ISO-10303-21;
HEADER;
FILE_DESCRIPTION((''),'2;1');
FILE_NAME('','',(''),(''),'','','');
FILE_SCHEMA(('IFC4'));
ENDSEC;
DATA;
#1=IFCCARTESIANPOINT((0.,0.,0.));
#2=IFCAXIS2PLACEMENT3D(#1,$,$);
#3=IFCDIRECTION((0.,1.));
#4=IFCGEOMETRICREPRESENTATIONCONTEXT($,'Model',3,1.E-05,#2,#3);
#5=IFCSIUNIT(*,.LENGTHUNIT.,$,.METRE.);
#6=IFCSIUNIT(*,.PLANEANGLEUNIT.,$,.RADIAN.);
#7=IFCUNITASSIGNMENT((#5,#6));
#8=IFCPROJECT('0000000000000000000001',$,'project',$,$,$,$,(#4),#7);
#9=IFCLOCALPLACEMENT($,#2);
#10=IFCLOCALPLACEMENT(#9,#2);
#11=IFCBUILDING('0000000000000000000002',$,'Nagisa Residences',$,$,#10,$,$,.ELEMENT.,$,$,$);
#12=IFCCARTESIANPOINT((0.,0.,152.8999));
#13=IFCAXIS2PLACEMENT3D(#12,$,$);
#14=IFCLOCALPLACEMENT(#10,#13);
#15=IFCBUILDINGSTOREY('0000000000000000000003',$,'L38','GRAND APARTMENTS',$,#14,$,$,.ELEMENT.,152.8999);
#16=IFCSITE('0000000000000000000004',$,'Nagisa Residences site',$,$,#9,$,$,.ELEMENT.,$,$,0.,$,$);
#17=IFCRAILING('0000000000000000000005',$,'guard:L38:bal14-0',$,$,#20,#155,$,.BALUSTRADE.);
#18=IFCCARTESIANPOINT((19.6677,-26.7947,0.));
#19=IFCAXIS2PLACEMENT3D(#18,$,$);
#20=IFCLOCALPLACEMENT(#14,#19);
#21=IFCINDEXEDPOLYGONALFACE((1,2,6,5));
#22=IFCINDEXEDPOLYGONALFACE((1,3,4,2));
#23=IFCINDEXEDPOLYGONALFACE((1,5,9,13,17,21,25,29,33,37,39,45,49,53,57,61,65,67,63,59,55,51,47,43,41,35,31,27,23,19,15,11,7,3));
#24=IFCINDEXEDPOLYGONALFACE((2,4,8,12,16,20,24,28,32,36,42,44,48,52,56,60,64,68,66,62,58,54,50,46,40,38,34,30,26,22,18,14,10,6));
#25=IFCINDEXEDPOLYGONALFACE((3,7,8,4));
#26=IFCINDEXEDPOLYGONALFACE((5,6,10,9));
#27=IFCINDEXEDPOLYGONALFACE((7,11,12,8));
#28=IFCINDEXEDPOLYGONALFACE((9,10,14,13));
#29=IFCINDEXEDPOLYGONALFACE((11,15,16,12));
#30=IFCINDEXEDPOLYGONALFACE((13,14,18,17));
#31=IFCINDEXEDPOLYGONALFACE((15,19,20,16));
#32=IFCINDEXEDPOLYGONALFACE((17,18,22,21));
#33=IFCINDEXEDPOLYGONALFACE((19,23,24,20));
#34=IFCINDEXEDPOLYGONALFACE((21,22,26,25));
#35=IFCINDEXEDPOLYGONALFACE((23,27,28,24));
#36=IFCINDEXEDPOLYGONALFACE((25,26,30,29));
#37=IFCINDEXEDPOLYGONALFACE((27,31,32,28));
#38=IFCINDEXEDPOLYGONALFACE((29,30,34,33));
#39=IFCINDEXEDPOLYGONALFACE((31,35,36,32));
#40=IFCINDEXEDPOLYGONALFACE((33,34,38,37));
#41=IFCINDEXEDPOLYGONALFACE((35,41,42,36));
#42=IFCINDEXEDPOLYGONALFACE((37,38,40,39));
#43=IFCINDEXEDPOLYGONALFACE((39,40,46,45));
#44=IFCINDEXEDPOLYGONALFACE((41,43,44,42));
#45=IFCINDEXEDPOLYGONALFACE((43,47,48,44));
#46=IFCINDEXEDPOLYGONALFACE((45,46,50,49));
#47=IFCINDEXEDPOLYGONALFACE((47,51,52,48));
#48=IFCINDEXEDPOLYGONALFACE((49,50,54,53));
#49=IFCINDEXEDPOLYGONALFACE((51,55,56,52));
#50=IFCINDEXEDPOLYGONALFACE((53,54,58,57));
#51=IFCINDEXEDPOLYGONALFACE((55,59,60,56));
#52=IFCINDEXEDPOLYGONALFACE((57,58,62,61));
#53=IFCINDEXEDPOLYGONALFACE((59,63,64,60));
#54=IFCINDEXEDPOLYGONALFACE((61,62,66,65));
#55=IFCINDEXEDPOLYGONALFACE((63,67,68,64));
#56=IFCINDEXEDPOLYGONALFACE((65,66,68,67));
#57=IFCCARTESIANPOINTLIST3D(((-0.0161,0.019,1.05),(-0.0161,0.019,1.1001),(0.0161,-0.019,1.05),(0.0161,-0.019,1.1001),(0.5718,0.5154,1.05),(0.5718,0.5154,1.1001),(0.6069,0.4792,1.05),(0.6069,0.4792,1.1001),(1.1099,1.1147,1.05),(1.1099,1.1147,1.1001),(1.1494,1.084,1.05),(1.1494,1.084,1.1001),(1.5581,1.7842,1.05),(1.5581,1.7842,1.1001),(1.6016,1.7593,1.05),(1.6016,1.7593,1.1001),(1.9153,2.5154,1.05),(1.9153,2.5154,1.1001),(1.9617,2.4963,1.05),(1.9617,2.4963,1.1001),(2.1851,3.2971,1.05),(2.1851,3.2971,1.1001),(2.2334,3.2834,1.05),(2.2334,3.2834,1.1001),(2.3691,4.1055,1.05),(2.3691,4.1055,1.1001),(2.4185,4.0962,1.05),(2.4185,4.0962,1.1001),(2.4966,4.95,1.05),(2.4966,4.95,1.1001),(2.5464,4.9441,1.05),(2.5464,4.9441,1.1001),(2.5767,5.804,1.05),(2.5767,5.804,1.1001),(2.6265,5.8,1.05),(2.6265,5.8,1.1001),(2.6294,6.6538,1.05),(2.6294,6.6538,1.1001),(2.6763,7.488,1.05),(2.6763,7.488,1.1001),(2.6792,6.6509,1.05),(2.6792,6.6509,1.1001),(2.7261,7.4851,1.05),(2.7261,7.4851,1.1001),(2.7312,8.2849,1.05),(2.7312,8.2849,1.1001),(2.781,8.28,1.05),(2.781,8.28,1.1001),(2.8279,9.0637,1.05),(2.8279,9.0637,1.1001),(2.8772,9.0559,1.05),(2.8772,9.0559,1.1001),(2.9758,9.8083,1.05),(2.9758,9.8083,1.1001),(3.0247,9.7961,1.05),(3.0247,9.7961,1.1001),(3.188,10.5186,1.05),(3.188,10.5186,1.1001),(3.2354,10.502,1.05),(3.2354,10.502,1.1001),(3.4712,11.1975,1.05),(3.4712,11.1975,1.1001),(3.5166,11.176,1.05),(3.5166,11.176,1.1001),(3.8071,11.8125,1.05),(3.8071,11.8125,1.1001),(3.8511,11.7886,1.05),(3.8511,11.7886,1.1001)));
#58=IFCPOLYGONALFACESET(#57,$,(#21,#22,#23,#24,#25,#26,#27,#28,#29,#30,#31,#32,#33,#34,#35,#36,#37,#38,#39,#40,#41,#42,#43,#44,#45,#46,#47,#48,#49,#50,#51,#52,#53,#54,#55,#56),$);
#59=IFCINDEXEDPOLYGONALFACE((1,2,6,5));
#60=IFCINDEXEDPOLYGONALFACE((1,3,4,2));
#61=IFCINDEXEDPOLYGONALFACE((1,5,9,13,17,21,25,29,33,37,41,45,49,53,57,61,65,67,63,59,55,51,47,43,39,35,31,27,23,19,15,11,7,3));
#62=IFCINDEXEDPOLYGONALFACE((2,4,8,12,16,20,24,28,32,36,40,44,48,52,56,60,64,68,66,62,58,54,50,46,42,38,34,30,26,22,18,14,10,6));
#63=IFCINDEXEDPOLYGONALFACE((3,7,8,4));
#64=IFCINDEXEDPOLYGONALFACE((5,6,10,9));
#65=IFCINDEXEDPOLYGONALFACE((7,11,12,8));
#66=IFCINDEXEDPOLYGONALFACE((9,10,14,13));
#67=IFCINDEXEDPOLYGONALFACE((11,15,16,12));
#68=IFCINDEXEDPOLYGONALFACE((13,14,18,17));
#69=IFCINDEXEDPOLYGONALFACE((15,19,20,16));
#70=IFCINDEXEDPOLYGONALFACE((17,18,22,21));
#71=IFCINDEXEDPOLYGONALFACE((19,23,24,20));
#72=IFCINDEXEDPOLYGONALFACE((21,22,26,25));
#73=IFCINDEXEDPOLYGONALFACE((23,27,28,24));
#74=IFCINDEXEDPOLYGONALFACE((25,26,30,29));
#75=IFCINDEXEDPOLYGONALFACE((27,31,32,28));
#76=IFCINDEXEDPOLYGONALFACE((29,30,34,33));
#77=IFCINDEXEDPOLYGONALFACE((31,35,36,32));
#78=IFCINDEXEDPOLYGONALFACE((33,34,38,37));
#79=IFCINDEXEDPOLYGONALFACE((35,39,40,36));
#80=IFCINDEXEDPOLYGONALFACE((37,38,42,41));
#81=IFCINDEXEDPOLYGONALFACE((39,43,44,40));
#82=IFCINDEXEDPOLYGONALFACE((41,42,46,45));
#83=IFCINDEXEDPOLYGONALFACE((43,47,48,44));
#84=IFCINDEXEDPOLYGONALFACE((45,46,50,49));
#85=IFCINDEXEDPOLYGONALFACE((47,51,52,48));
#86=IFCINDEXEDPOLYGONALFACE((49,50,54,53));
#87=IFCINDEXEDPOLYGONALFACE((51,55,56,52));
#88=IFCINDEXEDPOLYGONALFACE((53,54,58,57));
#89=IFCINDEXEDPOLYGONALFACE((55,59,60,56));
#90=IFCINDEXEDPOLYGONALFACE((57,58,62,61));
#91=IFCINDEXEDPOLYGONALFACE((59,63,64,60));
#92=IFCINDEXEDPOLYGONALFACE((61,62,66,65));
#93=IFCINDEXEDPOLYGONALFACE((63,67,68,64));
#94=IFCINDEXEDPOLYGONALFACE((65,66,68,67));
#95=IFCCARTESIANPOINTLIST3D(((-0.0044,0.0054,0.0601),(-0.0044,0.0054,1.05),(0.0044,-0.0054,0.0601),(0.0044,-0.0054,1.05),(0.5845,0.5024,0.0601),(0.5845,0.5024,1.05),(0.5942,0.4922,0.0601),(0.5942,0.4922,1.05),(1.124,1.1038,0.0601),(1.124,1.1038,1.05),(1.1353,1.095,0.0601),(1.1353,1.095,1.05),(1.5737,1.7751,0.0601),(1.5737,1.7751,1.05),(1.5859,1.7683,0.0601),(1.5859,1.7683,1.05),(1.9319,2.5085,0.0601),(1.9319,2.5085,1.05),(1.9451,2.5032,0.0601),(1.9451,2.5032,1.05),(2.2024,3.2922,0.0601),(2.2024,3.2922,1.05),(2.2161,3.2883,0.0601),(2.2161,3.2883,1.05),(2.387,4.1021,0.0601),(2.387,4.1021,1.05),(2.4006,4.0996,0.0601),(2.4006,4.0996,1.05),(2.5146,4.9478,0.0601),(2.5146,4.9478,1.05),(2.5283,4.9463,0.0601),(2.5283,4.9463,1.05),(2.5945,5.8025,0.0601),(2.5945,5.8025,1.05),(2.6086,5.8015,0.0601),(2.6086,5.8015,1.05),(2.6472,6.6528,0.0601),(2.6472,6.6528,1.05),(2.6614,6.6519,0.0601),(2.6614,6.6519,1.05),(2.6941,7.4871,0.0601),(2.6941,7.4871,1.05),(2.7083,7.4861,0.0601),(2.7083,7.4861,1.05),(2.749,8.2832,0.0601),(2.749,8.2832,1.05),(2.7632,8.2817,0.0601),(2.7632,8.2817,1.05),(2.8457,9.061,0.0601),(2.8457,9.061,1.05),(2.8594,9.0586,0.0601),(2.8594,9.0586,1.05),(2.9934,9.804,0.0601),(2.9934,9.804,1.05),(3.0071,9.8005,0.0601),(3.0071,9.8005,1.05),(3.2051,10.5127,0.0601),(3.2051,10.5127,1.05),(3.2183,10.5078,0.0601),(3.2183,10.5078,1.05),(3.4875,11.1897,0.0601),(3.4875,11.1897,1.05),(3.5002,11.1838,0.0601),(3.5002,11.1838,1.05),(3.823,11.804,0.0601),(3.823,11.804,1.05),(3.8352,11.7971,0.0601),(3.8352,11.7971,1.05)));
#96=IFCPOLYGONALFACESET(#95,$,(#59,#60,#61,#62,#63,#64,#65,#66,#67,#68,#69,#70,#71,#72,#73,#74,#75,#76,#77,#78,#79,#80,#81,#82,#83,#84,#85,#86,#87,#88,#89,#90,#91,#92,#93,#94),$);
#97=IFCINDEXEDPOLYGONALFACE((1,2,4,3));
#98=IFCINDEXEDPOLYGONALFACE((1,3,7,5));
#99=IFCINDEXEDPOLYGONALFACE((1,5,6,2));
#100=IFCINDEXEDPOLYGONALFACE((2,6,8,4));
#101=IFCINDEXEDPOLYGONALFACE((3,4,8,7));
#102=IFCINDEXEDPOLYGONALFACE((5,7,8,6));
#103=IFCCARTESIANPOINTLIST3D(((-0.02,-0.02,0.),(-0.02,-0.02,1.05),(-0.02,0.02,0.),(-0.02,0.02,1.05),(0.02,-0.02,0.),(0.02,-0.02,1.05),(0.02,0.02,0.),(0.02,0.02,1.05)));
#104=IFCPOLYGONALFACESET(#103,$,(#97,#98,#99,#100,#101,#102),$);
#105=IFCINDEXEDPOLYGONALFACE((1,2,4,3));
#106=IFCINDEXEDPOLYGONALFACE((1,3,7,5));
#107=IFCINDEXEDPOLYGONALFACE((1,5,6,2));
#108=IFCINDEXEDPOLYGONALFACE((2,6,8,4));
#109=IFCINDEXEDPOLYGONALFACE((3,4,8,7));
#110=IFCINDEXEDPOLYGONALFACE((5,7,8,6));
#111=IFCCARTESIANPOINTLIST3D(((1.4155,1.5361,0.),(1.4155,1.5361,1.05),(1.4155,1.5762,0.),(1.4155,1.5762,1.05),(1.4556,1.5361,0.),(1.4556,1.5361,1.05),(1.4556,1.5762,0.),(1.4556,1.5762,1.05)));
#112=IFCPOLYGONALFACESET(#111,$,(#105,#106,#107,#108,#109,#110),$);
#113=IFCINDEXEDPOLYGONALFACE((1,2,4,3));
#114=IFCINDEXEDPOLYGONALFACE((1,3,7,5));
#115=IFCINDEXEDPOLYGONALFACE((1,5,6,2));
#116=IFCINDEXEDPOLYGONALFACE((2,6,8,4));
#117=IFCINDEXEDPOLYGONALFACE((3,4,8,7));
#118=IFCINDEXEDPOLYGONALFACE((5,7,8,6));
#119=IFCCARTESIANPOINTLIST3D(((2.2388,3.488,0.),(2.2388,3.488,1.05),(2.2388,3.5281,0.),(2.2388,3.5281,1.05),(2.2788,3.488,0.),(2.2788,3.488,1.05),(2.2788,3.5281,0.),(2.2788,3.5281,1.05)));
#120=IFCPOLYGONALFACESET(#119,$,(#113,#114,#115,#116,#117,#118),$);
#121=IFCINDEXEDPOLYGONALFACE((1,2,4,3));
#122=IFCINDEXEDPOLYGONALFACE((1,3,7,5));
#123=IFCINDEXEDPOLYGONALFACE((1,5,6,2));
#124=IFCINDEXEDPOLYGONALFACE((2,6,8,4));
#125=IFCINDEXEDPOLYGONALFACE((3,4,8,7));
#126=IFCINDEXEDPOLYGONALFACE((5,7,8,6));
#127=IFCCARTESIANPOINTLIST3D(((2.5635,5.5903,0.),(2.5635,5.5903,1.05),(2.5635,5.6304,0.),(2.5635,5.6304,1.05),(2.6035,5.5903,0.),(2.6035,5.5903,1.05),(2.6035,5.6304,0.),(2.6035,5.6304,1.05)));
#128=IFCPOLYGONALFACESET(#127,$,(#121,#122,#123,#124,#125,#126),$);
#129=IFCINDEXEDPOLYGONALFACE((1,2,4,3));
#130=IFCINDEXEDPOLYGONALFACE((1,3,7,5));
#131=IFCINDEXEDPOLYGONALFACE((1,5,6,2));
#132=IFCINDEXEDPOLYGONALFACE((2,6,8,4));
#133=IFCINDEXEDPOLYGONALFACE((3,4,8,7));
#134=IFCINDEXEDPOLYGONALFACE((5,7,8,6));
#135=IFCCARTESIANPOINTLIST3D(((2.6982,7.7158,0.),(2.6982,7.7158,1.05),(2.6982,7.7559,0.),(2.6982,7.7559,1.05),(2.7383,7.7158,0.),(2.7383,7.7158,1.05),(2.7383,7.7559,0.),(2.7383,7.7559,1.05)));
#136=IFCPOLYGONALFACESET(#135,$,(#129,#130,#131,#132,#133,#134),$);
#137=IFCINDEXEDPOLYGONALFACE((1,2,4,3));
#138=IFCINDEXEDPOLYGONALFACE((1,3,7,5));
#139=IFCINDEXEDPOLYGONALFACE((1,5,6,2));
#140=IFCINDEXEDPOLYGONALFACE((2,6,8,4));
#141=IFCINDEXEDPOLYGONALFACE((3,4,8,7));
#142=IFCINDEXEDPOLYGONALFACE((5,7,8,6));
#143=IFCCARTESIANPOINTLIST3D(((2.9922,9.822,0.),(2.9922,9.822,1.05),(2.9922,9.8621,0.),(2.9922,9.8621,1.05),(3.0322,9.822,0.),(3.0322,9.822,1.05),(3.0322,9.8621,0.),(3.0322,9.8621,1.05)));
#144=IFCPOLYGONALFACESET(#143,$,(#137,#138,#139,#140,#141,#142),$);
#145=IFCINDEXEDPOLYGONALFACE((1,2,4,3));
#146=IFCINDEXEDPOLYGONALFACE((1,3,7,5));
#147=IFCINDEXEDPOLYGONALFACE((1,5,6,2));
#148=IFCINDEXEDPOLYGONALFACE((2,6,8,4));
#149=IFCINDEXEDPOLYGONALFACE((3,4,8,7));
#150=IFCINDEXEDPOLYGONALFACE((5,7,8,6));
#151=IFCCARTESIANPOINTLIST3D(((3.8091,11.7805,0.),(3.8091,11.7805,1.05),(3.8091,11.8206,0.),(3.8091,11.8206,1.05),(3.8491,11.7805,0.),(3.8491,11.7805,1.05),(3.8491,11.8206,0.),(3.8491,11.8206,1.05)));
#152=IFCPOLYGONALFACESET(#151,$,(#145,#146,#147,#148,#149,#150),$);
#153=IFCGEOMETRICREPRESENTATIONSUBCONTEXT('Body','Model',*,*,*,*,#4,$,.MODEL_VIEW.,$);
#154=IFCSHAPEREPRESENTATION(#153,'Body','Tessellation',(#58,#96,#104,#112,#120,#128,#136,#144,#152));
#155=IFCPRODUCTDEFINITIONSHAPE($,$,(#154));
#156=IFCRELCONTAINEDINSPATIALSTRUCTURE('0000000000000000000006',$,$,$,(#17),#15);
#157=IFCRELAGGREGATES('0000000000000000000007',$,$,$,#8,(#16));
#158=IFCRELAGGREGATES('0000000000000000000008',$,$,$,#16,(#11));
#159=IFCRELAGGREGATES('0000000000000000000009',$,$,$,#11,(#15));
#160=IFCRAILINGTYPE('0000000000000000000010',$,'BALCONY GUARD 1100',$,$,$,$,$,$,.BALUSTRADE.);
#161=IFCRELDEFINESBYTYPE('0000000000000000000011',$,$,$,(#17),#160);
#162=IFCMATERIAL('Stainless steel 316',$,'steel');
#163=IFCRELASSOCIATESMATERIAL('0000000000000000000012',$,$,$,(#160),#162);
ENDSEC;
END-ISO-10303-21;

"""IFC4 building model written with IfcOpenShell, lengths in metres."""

from ifc_helpers import new_model, si_unit, direction, frame, origin, origin_2d, place, context, subcontext, project, spatial, polyline, rectangle, outline, extrude, material, type_object, element, save


model = new_model("IFC4")

# Units and contexts
model_context = context("Model", 3, precision=1e-05, world=origin(), true_north=direction((0.0, 1.0)))
body_context = subcontext(model_context, "Body", "Model", "MODEL_VIEW")
ifc_project = project(units=[si_unit("LENGTHUNIT", "METRE"), si_unit("PLANEANGLEUNIT", "RADIAN")], contexts=[model_context])

# Site, building, storey
site_placement = place(None, origin())
site = spatial("IfcSite", under=ifc_project, at=site_placement, Name="Nagisa Residences site", CompositionType="ELEMENT", RefElevation=0.0)
building_placement = place(site_placement, origin())
building = spatial("IfcBuilding", under=site, at=building_placement, Name="Nagisa Residences", CompositionType="ELEMENT")
storey_placement = place(building_placement, frame((0.0, 0.0, 152.8999)))
storey = spatial("IfcBuildingStorey", under=building, at=storey_placement, Name="L38", Description="GRAND APARTMENTS", CompositionType="ELEMENT", Elevation=152.8999)

# Railing
ifc_material_1 = material(Name="Stainless steel 316", Category="steel")
railing_type = type_object("IfcRailingType", Name="BALCONY GUARD 1100", PredefinedType="BALUSTRADE", material=ifc_material_1)
railing_1_placement = place(storey_placement, frame((19.6677, -26.7947, 0.0)))
element("IfcRailing", 1, at=railing_1_placement, inside=storey, type_object=railing_type, Name="guard:L38:bal14-0", PredefinedType="BALUSTRADE", context=body_context, shape_type="SweptSolid", body=[
    extrude(outline(polyline([(0.5718, 0.5154), (-0.0161, 0.019), (0.0161, -0.019), (0.6069, 0.4792), (1.1494, 1.084), (1.6016, 1.7593), (1.9617, 2.4963), (2.2334, 3.2834), (2.4185, 4.0962), (2.5464, 4.9441), (2.6265, 5.8), (2.6792, 6.6509), (2.7261, 7.4851), (2.781, 8.28), (2.8772, 9.0559), (3.0247, 9.7961), (3.2354, 10.502), (3.5166, 11.176), (3.8511, 11.7886), (3.8071, 11.8125), (3.4712, 11.1975), (3.188, 10.5186), (2.9758, 9.8083), (2.8279, 9.0637), (2.7312, 8.2849), (2.6763, 7.488), (2.6294, 6.6538), (2.5767, 5.804), (2.4966, 4.95), (2.3691, 4.1055), (2.1851, 3.2971), (1.9153, 2.5154), (1.5581, 1.7842), (1.1099, 1.1147), (0.5718, 0.5154)])), frame((0.0, 0.0, 1.05)), (0.0, 0.0, 1.0), 0.05),
    extrude(outline(polyline([(0.5845, 0.5024), (-0.0044, 0.0054), (0.0044, -0.0054), (0.5942, 0.4922), (1.1353, 1.095), (1.5859, 1.7683), (1.9451, 2.5032), (2.2161, 3.2883), (2.4006, 4.0996), (2.5283, 4.9463), (2.6086, 5.8015), (2.6614, 6.6519), (2.7083, 7.4861), (2.7632, 8.2817), (2.8594, 9.0586), (3.0071, 9.8005), (3.2183, 10.5078), (3.5002, 11.1838), (3.8352, 11.7971), (3.823, 11.804), (3.4875, 11.1897), (3.2051, 10.5127), (2.9934, 9.804), (2.8457, 9.061), (2.749, 8.2832), (2.6941, 7.4871), (2.6472, 6.6528), (2.5945, 5.8025), (2.5146, 4.9478), (2.387, 4.1021), (2.2024, 3.2922), (1.9319, 2.5085), (1.5737, 1.7751), (1.124, 1.1038), (0.5845, 0.5024)])), frame((0.0, 0.0, 0.0601)), (0.0, 0.0, 1.0), 0.99),
    extrude(rectangle(XDim=0.04, YDim=0.04, at=origin_2d()), origin(), (0.0, 0.0, 1.0), 1.05),
    extrude(rectangle(XDim=0.04, YDim=0.04, at=origin_2d()), frame((1.4355, 1.5562, 0.0)), (0.0, 0.0, 1.0), 1.05),
    extrude(rectangle(XDim=0.04, YDim=0.04, at=origin_2d()), frame((2.2588, 3.5081, 0.0)), (0.0, 0.0, 1.0), 1.05),
    extrude(rectangle(XDim=0.04, YDim=0.04, at=origin_2d()), frame((2.5835, 5.6104, 0.0)), (0.0, 0.0, 1.0), 1.05),
    extrude(rectangle(XDim=0.04, YDim=0.04, at=origin_2d()), frame((2.7183, 7.7358, 0.0)), (0.0, 0.0, 1.0), 1.05),
    extrude(rectangle(XDim=0.04, YDim=0.04, at=origin_2d()), frame((3.0122, 9.842, 0.0)), (0.0, 0.0, 1.0), 1.05),
    extrude(rectangle(XDim=0.04, YDim=0.04, at=origin_2d()), frame((3.8291, 11.8005, 0.0)), (0.0, 0.0, 1.0), 1.05),
])

save(model, "model.ifc")
